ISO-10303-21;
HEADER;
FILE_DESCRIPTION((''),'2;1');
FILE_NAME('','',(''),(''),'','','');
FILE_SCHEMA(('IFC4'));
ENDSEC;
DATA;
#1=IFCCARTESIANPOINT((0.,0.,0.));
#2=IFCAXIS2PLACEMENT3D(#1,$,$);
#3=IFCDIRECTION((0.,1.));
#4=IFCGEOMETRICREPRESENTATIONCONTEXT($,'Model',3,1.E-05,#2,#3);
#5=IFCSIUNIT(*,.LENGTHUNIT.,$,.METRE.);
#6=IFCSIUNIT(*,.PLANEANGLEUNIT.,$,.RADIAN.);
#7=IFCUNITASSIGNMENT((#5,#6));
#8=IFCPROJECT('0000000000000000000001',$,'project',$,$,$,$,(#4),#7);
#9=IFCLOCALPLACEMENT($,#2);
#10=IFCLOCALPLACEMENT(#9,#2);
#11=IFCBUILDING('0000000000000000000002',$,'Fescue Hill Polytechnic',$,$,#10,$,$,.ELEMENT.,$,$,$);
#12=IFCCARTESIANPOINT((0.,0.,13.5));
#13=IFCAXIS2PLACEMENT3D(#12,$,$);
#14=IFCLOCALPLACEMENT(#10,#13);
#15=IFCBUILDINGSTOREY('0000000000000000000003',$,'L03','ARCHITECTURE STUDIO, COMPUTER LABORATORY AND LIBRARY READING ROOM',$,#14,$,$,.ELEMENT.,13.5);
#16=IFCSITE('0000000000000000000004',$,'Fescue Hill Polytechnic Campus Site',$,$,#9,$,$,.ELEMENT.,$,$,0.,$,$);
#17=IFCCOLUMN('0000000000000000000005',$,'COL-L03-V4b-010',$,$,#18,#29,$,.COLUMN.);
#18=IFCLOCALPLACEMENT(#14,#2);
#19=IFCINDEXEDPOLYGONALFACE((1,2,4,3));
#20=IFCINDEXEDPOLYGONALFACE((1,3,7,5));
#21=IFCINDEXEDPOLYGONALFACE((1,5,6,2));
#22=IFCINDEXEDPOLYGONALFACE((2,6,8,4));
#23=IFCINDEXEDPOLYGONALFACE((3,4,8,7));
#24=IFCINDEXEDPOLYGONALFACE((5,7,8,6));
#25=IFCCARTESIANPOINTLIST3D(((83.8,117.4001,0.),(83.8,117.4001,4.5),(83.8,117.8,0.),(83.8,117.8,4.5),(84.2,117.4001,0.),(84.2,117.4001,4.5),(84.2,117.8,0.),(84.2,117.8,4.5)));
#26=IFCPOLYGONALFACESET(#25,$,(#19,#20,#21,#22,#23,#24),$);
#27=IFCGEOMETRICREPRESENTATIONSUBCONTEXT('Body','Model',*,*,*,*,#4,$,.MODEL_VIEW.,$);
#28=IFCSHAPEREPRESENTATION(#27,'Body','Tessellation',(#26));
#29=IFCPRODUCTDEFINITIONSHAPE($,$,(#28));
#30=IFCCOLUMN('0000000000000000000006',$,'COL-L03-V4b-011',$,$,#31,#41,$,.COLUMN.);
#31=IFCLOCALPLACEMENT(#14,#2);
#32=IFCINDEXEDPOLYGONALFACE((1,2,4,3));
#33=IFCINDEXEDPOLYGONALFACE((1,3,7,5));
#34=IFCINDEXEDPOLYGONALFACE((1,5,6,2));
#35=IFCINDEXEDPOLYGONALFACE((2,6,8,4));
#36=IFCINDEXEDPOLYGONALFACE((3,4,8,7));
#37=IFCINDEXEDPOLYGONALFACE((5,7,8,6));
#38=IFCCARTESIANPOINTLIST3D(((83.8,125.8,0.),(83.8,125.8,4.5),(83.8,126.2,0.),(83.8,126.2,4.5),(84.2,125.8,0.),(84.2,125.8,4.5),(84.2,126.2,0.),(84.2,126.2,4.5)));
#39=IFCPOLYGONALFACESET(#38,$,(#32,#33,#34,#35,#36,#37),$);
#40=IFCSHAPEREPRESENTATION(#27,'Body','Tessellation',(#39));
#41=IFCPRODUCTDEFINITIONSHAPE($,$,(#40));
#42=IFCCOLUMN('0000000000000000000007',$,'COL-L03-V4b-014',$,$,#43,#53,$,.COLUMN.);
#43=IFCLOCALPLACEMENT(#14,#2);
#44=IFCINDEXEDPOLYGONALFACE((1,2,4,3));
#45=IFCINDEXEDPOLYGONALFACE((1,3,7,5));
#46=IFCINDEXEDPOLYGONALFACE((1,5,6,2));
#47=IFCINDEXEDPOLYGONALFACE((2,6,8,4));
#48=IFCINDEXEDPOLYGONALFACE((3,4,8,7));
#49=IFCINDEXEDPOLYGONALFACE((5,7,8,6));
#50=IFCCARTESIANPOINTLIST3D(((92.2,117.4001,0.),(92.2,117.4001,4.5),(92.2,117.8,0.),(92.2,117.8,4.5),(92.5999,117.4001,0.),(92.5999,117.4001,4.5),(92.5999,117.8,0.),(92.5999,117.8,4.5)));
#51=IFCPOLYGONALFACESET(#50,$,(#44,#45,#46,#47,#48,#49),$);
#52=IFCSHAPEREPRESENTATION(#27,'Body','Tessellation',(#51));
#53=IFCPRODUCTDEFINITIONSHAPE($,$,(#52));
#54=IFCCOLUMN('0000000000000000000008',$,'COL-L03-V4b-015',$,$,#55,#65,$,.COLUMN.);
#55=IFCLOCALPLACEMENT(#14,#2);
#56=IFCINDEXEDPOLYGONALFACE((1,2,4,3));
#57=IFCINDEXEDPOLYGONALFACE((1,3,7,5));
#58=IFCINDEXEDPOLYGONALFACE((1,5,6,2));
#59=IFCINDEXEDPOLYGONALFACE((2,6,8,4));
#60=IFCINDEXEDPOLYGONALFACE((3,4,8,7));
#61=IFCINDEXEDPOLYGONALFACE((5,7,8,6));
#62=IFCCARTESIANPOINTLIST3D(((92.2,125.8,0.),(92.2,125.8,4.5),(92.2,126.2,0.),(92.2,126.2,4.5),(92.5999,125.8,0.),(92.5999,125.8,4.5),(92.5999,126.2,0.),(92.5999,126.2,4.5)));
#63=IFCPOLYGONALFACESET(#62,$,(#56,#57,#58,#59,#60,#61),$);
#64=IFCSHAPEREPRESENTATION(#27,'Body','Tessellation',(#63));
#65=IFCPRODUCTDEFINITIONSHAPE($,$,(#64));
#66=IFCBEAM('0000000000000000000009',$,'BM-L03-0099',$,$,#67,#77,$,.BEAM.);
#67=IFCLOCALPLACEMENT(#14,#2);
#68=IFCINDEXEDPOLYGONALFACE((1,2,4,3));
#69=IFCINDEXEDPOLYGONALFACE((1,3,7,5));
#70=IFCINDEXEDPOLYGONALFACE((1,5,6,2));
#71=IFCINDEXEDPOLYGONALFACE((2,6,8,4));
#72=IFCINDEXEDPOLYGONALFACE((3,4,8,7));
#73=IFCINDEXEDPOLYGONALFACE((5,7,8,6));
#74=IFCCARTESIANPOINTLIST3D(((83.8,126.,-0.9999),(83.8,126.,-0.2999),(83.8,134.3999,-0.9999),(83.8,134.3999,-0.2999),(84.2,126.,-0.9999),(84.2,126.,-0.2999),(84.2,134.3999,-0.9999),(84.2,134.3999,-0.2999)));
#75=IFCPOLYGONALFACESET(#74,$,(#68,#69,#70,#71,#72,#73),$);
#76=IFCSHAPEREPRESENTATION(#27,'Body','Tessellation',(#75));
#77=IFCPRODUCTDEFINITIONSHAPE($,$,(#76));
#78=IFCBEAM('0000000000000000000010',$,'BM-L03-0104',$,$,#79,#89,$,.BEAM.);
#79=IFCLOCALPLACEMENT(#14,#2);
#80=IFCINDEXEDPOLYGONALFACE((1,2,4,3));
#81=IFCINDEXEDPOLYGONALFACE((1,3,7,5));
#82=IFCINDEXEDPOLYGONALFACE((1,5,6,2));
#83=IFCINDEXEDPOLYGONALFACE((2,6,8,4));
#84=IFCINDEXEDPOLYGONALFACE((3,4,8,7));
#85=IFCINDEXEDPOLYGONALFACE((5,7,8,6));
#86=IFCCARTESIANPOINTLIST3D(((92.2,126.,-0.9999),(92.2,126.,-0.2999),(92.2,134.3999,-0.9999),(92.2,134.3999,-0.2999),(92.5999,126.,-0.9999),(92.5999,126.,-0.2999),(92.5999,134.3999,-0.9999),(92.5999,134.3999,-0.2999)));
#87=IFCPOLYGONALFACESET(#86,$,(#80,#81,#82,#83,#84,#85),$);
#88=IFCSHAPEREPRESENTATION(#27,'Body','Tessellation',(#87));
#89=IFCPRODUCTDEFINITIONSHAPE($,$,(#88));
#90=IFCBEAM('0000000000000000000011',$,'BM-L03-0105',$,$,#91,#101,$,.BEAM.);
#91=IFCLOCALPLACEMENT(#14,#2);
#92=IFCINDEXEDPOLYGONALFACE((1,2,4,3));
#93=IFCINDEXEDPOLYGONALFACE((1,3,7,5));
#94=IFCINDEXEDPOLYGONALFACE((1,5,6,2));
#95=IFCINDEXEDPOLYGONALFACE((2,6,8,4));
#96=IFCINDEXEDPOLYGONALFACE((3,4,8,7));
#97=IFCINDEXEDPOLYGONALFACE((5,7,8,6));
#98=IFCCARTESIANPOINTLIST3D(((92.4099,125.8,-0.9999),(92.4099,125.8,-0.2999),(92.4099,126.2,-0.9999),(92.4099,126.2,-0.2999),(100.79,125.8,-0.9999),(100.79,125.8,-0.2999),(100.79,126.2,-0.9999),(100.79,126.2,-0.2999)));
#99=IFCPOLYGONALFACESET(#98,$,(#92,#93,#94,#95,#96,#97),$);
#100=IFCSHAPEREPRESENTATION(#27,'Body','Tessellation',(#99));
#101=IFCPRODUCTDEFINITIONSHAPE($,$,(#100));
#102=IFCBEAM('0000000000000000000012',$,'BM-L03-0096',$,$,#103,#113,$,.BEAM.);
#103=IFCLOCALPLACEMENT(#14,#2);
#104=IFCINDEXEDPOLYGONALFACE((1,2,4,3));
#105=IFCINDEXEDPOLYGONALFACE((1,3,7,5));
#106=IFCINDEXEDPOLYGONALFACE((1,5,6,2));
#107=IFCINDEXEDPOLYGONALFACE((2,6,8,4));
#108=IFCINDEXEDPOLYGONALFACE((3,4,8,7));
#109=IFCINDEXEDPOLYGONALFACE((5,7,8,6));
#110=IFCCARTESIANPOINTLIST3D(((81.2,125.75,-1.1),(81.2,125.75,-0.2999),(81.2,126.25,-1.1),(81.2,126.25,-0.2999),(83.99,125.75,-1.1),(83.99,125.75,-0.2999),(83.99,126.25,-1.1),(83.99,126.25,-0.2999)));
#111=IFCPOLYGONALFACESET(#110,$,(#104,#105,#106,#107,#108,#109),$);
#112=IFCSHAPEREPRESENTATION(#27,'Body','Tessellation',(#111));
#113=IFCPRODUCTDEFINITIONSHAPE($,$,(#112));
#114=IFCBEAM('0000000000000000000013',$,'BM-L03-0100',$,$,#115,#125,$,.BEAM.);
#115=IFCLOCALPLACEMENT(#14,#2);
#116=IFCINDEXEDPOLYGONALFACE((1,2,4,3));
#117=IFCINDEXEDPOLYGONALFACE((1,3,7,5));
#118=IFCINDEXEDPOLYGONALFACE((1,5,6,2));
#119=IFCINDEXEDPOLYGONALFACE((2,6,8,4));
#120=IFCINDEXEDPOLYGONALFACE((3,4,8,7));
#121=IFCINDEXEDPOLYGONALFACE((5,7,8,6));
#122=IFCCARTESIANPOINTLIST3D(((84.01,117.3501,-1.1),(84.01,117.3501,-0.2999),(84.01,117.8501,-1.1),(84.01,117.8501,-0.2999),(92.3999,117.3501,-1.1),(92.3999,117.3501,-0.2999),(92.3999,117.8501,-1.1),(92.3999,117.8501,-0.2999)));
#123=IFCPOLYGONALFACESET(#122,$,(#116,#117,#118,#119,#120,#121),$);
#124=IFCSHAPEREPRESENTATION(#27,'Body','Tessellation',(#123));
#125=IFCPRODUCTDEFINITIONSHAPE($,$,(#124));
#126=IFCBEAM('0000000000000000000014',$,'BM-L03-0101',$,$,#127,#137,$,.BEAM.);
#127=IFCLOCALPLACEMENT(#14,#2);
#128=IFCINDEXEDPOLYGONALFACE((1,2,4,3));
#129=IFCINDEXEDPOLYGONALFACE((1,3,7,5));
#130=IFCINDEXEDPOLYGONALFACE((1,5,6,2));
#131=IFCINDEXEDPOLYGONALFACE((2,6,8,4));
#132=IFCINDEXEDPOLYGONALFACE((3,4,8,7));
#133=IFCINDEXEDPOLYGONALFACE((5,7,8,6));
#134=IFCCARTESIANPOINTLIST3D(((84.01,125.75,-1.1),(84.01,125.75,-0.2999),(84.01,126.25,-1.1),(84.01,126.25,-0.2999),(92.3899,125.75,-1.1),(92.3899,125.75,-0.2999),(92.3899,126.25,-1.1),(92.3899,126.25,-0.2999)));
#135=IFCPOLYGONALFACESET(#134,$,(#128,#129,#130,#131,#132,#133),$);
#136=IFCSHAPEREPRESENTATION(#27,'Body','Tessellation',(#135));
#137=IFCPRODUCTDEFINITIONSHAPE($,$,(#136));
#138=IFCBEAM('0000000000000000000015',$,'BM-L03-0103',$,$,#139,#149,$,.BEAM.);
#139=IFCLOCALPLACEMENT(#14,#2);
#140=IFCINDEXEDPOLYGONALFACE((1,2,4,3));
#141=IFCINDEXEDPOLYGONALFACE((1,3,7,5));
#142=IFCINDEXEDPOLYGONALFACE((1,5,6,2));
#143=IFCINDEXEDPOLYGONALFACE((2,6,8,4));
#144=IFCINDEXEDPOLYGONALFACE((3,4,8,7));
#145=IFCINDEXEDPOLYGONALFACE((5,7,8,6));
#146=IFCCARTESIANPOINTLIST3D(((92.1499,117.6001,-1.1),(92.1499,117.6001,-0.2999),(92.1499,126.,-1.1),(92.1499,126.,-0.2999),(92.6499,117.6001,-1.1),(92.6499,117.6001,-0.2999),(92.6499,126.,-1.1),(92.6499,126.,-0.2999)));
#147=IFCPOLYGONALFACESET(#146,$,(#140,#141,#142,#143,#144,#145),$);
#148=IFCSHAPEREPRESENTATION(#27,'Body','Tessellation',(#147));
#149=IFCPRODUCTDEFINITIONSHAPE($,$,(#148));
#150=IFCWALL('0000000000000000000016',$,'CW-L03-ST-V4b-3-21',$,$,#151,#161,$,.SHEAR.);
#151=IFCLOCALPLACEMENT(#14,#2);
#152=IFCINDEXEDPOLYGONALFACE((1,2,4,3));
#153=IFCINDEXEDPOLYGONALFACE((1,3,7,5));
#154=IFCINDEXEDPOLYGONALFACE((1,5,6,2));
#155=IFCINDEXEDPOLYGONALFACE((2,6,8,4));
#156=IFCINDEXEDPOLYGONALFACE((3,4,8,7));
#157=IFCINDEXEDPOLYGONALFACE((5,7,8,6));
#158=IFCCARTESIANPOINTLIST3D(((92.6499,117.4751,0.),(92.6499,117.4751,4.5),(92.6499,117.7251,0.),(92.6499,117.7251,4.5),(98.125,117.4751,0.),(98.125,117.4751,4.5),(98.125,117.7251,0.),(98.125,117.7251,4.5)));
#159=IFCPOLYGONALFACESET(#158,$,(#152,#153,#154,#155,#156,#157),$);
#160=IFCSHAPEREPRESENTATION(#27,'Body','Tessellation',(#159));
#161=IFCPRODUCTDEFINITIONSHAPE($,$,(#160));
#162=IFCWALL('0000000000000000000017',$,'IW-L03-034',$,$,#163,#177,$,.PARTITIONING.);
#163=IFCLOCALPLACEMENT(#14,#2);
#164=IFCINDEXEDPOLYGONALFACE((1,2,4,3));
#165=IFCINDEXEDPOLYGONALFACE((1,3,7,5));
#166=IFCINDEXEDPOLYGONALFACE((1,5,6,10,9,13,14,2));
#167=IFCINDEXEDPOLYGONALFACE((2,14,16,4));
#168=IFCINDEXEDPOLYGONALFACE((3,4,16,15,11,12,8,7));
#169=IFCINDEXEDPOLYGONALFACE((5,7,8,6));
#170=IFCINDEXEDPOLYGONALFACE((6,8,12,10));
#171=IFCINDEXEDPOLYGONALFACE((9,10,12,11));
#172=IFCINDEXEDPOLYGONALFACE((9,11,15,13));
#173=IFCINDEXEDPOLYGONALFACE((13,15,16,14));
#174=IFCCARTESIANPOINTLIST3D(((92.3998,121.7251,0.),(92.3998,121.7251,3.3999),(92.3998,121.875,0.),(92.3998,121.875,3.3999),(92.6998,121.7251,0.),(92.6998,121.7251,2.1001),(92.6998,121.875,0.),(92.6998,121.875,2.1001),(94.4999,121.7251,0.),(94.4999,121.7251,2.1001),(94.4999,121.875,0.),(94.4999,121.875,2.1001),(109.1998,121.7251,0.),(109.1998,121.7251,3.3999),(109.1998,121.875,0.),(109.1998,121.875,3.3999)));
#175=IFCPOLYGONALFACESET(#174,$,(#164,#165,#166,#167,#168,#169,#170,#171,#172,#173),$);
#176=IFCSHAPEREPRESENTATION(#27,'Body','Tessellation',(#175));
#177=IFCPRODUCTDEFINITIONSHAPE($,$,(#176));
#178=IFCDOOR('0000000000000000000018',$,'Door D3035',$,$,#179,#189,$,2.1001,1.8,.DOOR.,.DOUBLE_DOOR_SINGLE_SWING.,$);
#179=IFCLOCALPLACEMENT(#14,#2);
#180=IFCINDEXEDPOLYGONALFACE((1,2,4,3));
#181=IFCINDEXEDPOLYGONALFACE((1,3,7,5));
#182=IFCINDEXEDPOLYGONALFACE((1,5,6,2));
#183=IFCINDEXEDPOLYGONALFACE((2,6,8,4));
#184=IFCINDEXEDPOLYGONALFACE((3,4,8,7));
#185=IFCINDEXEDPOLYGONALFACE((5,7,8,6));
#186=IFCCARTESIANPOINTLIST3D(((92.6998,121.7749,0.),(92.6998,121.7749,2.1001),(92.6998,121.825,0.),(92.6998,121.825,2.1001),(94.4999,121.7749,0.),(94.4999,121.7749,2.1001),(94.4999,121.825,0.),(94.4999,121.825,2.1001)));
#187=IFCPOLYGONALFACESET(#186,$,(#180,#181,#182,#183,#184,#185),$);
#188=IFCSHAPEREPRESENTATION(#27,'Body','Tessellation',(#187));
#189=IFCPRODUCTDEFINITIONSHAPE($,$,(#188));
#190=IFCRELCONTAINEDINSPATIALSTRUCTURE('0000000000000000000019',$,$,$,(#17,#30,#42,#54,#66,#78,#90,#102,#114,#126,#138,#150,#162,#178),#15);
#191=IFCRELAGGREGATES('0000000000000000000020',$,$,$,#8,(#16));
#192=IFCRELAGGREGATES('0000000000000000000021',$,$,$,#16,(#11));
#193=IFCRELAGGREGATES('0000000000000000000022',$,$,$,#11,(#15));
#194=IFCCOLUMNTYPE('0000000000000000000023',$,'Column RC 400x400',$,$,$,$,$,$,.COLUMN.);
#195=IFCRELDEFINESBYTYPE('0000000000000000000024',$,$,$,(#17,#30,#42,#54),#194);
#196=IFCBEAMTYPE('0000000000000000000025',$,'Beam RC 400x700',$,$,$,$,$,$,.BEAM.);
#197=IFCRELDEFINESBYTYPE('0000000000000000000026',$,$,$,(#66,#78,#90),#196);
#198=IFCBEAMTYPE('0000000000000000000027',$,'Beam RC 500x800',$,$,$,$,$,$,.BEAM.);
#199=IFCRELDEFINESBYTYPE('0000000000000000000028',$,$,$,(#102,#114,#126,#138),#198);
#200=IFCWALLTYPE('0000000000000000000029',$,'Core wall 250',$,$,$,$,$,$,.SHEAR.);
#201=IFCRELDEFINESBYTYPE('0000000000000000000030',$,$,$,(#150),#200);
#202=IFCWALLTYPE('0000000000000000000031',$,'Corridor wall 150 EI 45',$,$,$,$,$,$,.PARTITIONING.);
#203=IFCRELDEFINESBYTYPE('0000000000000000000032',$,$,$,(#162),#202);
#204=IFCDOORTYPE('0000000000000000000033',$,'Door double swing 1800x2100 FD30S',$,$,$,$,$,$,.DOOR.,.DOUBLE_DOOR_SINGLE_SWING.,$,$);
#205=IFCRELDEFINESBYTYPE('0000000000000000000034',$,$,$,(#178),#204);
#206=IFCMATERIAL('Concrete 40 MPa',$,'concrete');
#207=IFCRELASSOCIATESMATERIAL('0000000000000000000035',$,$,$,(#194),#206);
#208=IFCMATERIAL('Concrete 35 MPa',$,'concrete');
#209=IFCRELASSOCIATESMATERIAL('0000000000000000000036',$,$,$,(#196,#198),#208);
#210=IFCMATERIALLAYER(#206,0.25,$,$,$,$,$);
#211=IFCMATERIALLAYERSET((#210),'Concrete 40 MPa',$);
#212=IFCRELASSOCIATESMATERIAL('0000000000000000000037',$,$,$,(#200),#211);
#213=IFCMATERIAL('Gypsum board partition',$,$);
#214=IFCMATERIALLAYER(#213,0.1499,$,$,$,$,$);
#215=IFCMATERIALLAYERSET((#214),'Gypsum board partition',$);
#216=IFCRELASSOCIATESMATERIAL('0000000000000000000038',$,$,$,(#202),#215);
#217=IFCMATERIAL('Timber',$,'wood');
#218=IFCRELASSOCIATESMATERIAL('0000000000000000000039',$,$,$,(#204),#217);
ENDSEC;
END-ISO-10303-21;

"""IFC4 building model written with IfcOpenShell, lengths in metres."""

from ifc_helpers import new_model, si_unit, direction, frame, frame_2d, origin, origin_2d, place, context, subcontext, project, spatial, rectangle, extrude, material, layer, layer_set, material_profile, profile_set, type_object, element, fill, save


model = new_model("IFC4")

# Units and contexts
model_context = context("Model", 3, precision=1e-05, world=origin(), true_north=direction((0.0, 1.0)))
body_context = subcontext(model_context, "Body", "Model", "MODEL_VIEW")
ifc_project = project(units=[si_unit("LENGTHUNIT", "METRE"), si_unit("PLANEANGLEUNIT", "RADIAN")], contexts=[model_context])

# Site, building, storey
site_placement = place(None, origin())
site = spatial("IfcSite", under=ifc_project, at=site_placement, Name="Fescue Hill Polytechnic Campus Site", CompositionType="ELEMENT", RefElevation=0.0)
building_placement = place(site_placement, origin())
building = spatial("IfcBuilding", under=site, at=building_placement, Name="Fescue Hill Polytechnic", CompositionType="ELEMENT")
storey_placement = place(building_placement, frame((0.0, 0.0, 13.5)))
storey = spatial("IfcBuildingStorey", under=building, at=storey_placement, Name="L03", Description="ARCHITECTURE STUDIO, COMPUTER LABORATORY AND LIBRARY READING ROOM", CompositionType="ELEMENT", Elevation=13.5)

# Columns
ifc_material_1 = material(Name="Concrete 40 MPa", Category="concrete")
ifc_material_profile_1 = material_profile(ifc_material_1, rectangle(XDim=0.3999, YDim=0.3999, at=origin_2d()), Name="RC 400x400")
ifc_profile_set_1 = profile_set([ifc_material_profile_1], Name="Concrete 40 MPa")
column_type = type_object("IfcColumnType", Name="Column RC 400x400", PredefinedType="COLUMN", material=ifc_profile_set_1)
for number, where, z_axis, x_axis, name in (
    (1, (84.0, 117.6001, 0.0), (0.0, 0.0, 1.0), (1.0, 0.0, 0.0), "COL-L03-V4b-010"),
    (2, (84.0, 126.0, 0.0), (0.0, 0.0, 1.0), (1.0, 0.0, 0.0), "COL-L03-V4b-011"),
    (3, (92.3999, 117.6001, 0.0), (0.0, 0.0, 1.0), (1.0, 0.0, 0.0), "COL-L03-V4b-014"),
    (4, (92.3999, 126.0, 0.0), (0.0, 0.0, 1.0), (1.0, 0.0, 0.0), "COL-L03-V4b-015"),
):
    element("IfcColumn", number, at=place(storey_placement, frame(where, z_axis=z_axis, x_axis=x_axis)), inside=storey, type_object=column_type, Name=name, PredefinedType="COLUMN", context=body_context, shape_type="SweptSolid", body=[
        extrude(rectangle(XDim=0.3999, YDim=0.3999, at=origin_2d()), origin(), (0.0, 0.0, 1.0), 4.5),
    ])

# Beams
ifc_material_2 = material(Name="Concrete 35 MPa", Category="concrete")
ifc_material_profile_2 = material_profile(ifc_material_2, rectangle(XDim=0.3999, YDim=0.7, at=origin_2d()), Name="RC 400x700")
ifc_profile_set_2 = profile_set([ifc_material_profile_2], Name="Concrete 35 MPa")
beam_type_1 = type_object("IfcBeamType", Name="Beam RC 400x700", PredefinedType="BEAM", material=ifc_profile_set_2)
for number, where, z_axis, x_axis, name in (
    (5, (84.0, 126.0, -0.6499), (0.0, 1.0, 0.0), (-1.0, 0.0, 0.0), "BM-L03-0099"),
    (6, (92.3999, 126.0, -0.6499), (0.0, 1.0, 0.0), (-1.0, 0.0, 0.0), "BM-L03-0104"),
):
    element("IfcBeam", number, at=place(storey_placement, frame(where, z_axis=z_axis, x_axis=x_axis)), inside=storey, type_object=beam_type_1, Name=name, PredefinedType="BEAM", context=body_context, shape_type="SweptSolid", body=[
        extrude(rectangle(XDim=0.3999, YDim=0.7, at=origin_2d()), origin(), (0.0, 0.0, 1.0), 8.3999),
    ])
beam_1_placement = place(storey_placement, frame((92.4099, 126.0, -0.6499), z_axis=(1.0, 0.0, 0.0), x_axis=(0.0, 1.0, 0.0)))
element("IfcBeam", 7, at=beam_1_placement, inside=storey, type_object=beam_type_1, Name="BM-L03-0105", PredefinedType="BEAM", context=body_context, shape_type="SweptSolid", body=[
    extrude(rectangle(XDim=0.3999, YDim=0.7, at=origin_2d()), origin(), (0.0, 0.0, 1.0), 8.3801),
])
ifc_material_profile_3 = material_profile(ifc_material_2, rectangle(XDim=0.5, YDim=0.8, at=origin_2d()), Name="RC 500x800")
ifc_profile_set_3 = profile_set([ifc_material_profile_3], Name="Concrete 35 MPa")
beam_type_2 = type_object("IfcBeamType", Name="Beam RC 500x800", PredefinedType="BEAM", material=ifc_profile_set_3)
beam_2_placement = place(storey_placement, frame((81.2, 126.0, -0.7), z_axis=(1.0, 0.0, 0.0), x_axis=(0.0, 1.0, 0.0)))
element("IfcBeam", 8, at=beam_2_placement, inside=storey, type_object=beam_type_2, Name="BM-L03-0096", PredefinedType="BEAM", context=body_context, shape_type="SweptSolid", body=[
    extrude(rectangle(XDim=0.5, YDim=0.8, at=origin_2d()), origin(), (0.0, 0.0, 1.0), 2.79),
])
beam_3_placement = place(storey_placement, frame((84.01, 117.6001, -0.7), z_axis=(1.0, 0.0, 0.0), x_axis=(0.0, 1.0, 0.0)))
element("IfcBeam", 9, at=beam_3_placement, inside=storey, type_object=beam_type_2, Name="BM-L03-0100", PredefinedType="BEAM", context=body_context, shape_type="SweptSolid", body=[
    extrude(rectangle(XDim=0.5, YDim=0.8, at=origin_2d()), origin(), (0.0, 0.0, 1.0), 8.3899),
])
beam_4_placement = place(storey_placement, frame((84.01, 126.0, -0.7), z_axis=(1.0, 0.0, 0.0), x_axis=(0.0, 1.0, 0.0)))
element("IfcBeam", 10, at=beam_4_placement, inside=storey, type_object=beam_type_2, Name="BM-L03-0101", PredefinedType="BEAM", context=body_context, shape_type="SweptSolid", body=[
    extrude(rectangle(XDim=0.5, YDim=0.8, at=origin_2d()), origin(), (0.0, 0.0, 1.0), 8.3799),
])
beam_5_placement = place(storey_placement, frame((92.3999, 117.6001, -0.7), z_axis=(0.0, 1.0, 0.0), x_axis=(-1.0, 0.0, 0.0)))
element("IfcBeam", 11, at=beam_5_placement, inside=storey, type_object=beam_type_2, Name="BM-L03-0103", PredefinedType="BEAM", context=body_context, shape_type="SweptSolid", body=[
    extrude(rectangle(XDim=0.5, YDim=0.8, at=origin_2d()), origin(), (0.0, 0.0, 1.0), 8.3999),
])

# Wall
ifc_layer_1 = layer(ifc_material_1, 0.25)
ifc_layer_set_1 = layer_set([ifc_layer_1], Name="Concrete 40 MPa")
wall_type_1 = type_object("IfcWallType", Name="Core wall 250", PredefinedType="SHEAR", material=ifc_layer_set_1)
wall_1_placement = place(storey_placement, frame((92.6499, 117.6001, 0.0), z_axis=(0.0, 0.0, 1.0), x_axis=(1.0, 0.0, 0.0)))
element("IfcWall", 12, at=wall_1_placement, inside=storey, type_object=wall_type_1, Name="CW-L03-ST-V4b-3-21", PredefinedType="SHEAR", context=body_context, shape_type="SweptSolid", body=[
    extrude(rectangle(XDim=5.4751, YDim=0.25, at=frame_2d((2.7375, 0.0))), origin(), (0.0, 0.0, 1.0), 4.5),
])

# Wall, opening, door
ifc_material_3 = material(Name="Gypsum board partition")
ifc_layer_2 = layer(ifc_material_3, 0.1499)
ifc_layer_set_2 = layer_set([ifc_layer_2], Name="Gypsum board partition")
wall_type_2 = type_object("IfcWallType", Name="Corridor wall 150 EI 45", PredefinedType="PARTITIONING", material=ifc_layer_set_2)
wall_2_placement = place(storey_placement, frame((92.3999, 121.8, 0.0), z_axis=(0.0, 0.0, 1.0), x_axis=(1.0, 0.0, 0.0)))
wall_2 = element("IfcWall", 13, at=wall_2_placement, inside=storey, type_object=wall_type_2, Name="IW-L03-034", PredefinedType="PARTITIONING", context=body_context, shape_type="SweptSolid", body=[
    extrude(rectangle(XDim=16.8, YDim=0.1499, at=frame_2d((8.3999, 0.0))), origin(), (0.0, 0.0, 1.0), 3.3999),
])
opening_1_placement = place(wall_2_placement, frame((0.3, 0.0, 0.0)))
opening_1 = element("IfcOpeningElement", 14, at=opening_1_placement, cuts=wall_2, PredefinedType="OPENING", context=body_context, shape_type="SweptSolid", body=[
    extrude(rectangle(XDim=1.8, YDim=2.1001, at=frame_2d((0.8999, 1.05))), frame((0.0, 0.085, 0.0), z_axis=(0.0, -1.0, 0.0), x_axis=(1.0, 0.0, 0.0)), (0.0, 0.0, 1.0), 0.1699),
])
ifc_material_4 = material(Name="Timber", Category="wood")
door_type_1 = type_object("IfcDoorType", Name="Door double swing 1800x2100 FD30S", OperationType="DOUBLE_DOOR_SINGLE_SWING", PredefinedType="DOOR", material=ifc_material_4)
door_1_placement = place(opening_1_placement, origin())
door_1 = element("IfcDoor", 15, at=door_1_placement, inside=storey, type_object=door_type_1, Name="Door D3035", OperationType="DOUBLE_DOOR_SINGLE_SWING", OverallHeight=2.1001, OverallWidth=1.8, PredefinedType="DOOR", context=body_context, shape_type="SweptSolid", body=[
    extrude(rectangle(XDim=1.8, YDim=2.1001, at=frame_2d((0.8999, 1.05))), frame((0.0, 0.0249, 0.0), z_axis=(0.0, -1.0, 0.0), x_axis=(1.0, 0.0, 0.0)), (0.0, 0.0, 1.0), 0.05),
])
fill(opening_1, door_1)

save(model, "model.ifc")
